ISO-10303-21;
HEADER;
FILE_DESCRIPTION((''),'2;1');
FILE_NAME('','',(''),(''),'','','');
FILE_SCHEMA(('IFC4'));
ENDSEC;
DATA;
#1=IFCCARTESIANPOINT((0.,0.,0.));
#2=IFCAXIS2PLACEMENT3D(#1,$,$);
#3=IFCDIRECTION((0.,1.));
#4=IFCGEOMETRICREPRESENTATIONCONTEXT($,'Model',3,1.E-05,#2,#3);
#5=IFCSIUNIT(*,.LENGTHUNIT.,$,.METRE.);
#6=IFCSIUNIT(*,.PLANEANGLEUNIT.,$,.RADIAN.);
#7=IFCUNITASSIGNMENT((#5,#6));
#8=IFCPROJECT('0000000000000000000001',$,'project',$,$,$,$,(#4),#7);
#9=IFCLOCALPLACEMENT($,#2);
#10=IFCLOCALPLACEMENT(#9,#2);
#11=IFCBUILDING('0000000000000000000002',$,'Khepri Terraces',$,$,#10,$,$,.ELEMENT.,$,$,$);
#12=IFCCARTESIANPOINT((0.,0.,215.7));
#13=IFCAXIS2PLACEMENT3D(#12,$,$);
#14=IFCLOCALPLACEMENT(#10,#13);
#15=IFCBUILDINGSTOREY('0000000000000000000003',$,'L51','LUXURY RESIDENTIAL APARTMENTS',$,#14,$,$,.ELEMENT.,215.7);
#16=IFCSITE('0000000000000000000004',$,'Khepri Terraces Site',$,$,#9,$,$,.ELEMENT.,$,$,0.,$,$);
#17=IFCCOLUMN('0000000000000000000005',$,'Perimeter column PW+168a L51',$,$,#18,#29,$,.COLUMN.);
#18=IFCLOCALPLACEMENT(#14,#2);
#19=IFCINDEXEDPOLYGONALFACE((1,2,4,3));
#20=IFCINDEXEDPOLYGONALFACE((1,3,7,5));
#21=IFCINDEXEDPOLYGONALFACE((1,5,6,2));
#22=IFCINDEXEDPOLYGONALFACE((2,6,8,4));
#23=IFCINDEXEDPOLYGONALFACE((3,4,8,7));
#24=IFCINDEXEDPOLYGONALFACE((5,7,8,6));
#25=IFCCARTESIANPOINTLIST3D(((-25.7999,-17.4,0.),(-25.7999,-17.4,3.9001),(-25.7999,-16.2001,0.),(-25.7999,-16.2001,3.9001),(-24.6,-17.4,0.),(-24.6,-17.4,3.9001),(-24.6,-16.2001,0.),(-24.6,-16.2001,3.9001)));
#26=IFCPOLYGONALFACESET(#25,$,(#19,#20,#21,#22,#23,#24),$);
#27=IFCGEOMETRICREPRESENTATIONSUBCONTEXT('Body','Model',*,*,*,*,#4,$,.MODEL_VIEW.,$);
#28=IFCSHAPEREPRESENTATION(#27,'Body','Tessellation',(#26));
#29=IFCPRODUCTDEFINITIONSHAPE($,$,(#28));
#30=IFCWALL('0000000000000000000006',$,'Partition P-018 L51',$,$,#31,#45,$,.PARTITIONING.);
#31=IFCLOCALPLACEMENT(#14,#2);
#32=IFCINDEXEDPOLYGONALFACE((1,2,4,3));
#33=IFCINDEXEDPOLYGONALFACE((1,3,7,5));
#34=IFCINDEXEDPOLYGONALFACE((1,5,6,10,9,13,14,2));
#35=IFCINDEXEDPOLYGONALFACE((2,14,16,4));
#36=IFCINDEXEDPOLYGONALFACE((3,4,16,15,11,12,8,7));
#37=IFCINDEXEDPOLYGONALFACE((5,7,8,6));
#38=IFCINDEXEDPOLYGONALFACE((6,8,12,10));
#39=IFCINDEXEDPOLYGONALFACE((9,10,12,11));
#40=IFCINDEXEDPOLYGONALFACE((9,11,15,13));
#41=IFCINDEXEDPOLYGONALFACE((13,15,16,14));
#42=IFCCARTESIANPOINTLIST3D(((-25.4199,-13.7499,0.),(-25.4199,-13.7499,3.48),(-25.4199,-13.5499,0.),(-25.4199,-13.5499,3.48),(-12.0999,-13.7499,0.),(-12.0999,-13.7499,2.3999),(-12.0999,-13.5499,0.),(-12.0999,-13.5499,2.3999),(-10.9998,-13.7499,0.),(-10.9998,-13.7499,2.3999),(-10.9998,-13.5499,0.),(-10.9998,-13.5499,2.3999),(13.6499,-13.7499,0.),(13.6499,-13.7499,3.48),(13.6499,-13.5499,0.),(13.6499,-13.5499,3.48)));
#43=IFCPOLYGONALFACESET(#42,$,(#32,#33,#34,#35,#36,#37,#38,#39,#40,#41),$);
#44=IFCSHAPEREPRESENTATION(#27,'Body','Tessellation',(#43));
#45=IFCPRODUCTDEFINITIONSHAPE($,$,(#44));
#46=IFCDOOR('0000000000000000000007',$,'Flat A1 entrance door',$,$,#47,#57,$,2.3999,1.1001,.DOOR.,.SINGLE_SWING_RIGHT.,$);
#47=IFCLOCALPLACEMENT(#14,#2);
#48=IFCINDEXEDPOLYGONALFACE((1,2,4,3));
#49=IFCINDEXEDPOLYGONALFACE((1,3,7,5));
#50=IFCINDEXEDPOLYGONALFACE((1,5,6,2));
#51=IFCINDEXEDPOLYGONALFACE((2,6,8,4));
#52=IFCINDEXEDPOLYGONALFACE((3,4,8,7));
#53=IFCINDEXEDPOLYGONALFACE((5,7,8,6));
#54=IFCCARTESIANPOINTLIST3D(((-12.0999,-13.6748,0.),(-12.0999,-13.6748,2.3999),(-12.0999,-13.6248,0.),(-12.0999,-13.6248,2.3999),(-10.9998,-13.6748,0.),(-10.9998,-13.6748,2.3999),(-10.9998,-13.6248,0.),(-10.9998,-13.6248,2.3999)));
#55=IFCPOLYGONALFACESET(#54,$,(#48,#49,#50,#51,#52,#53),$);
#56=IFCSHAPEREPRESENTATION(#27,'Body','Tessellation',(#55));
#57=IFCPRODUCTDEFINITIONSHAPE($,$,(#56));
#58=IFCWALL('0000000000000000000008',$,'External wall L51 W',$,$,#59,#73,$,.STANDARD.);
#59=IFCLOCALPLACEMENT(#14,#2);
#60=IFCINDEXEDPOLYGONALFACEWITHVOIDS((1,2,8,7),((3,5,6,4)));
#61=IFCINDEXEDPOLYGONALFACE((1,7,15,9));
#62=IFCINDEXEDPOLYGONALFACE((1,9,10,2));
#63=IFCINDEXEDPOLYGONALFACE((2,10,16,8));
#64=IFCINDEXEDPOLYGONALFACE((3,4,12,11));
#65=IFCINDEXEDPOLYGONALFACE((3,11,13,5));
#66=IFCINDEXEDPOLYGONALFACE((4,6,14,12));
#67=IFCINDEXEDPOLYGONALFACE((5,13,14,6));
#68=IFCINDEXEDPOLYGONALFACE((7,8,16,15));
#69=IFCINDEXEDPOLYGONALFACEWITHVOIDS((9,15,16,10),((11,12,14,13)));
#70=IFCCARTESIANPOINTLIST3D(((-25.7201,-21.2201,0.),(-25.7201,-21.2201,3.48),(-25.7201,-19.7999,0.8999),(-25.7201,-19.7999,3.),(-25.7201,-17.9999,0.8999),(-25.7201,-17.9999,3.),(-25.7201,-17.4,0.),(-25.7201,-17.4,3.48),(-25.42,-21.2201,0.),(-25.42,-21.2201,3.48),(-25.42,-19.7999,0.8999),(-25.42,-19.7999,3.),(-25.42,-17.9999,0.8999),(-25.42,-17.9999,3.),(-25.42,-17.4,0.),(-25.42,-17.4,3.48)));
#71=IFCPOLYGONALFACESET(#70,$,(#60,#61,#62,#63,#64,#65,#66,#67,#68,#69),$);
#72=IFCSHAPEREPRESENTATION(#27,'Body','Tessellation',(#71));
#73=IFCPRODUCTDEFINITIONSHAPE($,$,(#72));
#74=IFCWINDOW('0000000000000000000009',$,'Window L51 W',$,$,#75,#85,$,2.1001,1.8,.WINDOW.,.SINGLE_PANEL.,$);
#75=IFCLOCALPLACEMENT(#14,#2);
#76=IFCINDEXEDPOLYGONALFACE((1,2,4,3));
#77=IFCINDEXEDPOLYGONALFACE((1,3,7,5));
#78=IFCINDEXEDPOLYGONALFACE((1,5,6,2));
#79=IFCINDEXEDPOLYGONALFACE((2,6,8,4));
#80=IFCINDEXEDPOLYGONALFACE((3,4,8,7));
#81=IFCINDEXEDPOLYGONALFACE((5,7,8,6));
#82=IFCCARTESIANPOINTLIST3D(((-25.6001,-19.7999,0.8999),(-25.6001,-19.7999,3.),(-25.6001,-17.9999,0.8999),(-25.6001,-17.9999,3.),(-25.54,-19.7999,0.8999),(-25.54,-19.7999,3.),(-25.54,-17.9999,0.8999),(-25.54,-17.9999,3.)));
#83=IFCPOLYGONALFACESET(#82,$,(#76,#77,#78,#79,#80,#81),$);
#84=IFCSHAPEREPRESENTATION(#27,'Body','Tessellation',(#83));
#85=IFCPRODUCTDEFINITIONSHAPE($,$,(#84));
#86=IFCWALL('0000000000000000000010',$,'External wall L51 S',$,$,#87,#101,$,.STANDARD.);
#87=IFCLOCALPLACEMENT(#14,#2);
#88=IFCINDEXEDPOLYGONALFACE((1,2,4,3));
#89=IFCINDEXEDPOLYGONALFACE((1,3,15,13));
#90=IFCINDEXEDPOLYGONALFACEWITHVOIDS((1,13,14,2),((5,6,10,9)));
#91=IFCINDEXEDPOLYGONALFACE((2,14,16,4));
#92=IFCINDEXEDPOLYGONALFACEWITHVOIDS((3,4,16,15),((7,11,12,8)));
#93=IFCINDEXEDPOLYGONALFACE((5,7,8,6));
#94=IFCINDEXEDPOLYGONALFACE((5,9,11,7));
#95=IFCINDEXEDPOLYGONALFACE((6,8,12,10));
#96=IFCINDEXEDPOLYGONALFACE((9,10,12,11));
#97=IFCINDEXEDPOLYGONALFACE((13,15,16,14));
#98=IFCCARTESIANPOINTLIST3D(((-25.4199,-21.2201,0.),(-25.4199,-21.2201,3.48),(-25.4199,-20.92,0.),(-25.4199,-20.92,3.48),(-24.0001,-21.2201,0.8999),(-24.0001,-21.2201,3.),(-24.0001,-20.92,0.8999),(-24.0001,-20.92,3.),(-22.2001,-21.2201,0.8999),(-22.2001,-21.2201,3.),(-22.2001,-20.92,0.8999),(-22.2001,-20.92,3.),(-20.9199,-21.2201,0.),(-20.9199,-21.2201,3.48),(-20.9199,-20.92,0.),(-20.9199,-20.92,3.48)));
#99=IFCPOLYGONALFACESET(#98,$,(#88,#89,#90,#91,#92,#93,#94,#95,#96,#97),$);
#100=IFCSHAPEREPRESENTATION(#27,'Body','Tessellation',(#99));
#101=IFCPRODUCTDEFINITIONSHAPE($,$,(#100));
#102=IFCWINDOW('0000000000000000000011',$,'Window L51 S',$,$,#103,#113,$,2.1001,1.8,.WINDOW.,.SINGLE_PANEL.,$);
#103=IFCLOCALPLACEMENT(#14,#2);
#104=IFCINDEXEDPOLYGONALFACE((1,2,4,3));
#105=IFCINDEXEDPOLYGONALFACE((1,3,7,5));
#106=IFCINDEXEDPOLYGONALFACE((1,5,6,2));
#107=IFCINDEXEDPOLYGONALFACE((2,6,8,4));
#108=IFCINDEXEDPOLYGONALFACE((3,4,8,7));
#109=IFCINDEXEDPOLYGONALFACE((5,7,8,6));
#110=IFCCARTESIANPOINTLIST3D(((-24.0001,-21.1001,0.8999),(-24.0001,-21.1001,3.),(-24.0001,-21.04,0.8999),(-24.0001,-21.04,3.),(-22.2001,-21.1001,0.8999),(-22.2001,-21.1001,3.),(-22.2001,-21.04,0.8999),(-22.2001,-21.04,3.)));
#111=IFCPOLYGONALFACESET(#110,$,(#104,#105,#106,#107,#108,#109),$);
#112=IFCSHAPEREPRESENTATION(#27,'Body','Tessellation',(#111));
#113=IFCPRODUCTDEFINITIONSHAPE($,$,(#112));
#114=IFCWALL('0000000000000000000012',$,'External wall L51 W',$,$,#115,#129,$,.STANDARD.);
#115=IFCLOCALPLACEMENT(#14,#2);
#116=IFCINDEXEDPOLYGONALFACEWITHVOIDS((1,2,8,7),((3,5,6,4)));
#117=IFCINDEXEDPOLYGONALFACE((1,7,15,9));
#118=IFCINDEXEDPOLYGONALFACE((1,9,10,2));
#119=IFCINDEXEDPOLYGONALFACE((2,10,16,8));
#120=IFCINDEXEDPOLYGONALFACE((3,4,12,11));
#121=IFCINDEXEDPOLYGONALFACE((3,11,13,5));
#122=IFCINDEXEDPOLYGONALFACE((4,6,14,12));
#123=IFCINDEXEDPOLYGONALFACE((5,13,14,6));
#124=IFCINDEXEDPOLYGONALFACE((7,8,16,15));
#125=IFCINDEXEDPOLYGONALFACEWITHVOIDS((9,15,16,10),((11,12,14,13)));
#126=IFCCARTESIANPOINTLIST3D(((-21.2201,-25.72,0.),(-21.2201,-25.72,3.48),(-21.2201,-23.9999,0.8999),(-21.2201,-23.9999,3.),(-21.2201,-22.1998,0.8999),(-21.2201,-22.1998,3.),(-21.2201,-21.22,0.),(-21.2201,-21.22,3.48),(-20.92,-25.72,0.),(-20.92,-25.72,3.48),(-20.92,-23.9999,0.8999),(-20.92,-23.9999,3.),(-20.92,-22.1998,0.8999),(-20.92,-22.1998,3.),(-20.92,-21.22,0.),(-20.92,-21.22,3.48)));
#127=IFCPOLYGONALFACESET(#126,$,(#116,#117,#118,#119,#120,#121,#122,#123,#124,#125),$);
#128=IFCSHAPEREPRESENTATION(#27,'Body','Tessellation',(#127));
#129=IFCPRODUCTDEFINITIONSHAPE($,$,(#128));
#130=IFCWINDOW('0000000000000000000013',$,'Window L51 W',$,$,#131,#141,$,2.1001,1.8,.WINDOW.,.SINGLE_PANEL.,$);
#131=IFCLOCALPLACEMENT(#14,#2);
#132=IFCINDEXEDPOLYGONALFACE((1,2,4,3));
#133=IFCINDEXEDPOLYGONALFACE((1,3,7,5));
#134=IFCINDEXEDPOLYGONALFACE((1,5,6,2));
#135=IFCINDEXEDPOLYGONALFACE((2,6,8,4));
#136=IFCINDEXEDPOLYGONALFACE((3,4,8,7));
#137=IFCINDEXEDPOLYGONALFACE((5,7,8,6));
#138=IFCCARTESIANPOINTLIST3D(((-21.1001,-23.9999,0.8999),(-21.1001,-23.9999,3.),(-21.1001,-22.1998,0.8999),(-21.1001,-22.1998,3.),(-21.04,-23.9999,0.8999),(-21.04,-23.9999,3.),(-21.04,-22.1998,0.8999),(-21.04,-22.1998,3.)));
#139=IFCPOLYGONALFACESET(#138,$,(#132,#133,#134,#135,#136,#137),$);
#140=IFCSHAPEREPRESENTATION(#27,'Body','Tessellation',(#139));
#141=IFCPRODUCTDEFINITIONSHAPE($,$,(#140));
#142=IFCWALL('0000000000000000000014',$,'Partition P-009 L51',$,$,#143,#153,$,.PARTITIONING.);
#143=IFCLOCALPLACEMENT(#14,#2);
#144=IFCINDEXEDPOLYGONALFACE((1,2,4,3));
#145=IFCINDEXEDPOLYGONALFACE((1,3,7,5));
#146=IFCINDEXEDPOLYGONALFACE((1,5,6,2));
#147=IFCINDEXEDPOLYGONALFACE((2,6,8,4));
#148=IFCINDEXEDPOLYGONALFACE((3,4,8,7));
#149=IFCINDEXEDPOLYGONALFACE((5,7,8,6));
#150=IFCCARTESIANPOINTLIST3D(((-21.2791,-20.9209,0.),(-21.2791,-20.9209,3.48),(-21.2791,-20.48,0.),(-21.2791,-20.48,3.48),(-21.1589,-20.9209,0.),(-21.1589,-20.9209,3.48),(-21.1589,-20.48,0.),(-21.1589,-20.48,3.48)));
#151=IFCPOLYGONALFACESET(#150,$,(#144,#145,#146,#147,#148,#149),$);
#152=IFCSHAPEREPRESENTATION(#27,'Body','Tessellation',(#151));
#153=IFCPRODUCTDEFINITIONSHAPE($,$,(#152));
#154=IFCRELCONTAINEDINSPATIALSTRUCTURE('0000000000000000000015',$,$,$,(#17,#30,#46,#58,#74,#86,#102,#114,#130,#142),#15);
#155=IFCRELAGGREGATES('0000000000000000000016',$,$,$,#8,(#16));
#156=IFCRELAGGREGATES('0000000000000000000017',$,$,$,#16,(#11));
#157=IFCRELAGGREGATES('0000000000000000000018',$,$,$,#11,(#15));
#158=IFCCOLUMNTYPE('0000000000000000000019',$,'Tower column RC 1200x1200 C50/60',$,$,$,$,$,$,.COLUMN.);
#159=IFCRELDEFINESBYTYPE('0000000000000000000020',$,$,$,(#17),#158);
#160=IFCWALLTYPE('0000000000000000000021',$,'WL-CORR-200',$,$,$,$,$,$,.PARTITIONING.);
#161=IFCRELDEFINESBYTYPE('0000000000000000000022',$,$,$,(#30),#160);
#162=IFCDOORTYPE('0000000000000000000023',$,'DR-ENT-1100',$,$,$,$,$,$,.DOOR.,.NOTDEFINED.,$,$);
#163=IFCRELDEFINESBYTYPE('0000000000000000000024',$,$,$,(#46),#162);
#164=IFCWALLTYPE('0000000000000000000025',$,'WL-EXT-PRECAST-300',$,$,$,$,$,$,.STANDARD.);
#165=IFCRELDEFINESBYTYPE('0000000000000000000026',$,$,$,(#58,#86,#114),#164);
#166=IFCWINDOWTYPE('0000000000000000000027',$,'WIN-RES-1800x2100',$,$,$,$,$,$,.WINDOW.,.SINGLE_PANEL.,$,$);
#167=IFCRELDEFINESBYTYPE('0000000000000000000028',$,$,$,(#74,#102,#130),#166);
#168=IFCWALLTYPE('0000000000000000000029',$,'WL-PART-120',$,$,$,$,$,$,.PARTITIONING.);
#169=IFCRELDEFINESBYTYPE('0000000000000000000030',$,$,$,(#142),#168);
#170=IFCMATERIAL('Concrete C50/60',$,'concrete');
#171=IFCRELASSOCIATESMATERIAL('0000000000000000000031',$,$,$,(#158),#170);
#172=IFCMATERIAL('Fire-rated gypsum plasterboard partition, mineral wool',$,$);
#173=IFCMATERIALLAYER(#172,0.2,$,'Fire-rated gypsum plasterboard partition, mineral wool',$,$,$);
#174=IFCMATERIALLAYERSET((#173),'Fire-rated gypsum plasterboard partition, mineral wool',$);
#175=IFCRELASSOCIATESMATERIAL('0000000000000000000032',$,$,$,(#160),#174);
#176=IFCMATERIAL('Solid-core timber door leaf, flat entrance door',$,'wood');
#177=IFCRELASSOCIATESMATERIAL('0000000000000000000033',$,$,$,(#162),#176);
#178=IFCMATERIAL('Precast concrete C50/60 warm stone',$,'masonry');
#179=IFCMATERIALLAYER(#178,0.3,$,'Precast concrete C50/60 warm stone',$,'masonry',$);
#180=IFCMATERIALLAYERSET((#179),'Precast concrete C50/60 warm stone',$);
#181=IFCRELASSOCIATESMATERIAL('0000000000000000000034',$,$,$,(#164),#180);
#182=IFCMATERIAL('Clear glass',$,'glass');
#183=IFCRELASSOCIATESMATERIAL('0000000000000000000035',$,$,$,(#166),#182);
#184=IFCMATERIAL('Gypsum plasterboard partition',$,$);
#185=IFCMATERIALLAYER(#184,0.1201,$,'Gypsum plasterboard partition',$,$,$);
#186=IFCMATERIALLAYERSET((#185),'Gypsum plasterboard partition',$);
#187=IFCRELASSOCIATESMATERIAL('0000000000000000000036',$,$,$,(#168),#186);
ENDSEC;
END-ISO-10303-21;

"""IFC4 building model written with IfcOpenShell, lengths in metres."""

from ifc_helpers import new_model, si_unit, direction, frame, frame_2d, origin, origin_2d, place, context, subcontext, project, spatial, rectangle, extrude, material, layer, layer_set, material_profile, profile_set, type_object, element, fill, save


model = new_model("IFC4")

# Units and contexts
model_context = context("Model", 3, precision=1e-05, world=origin(), true_north=direction((0.0, 1.0)))
body_context = subcontext(model_context, "Body", "Model", "MODEL_VIEW")
ifc_project = project(units=[si_unit("LENGTHUNIT", "METRE"), si_unit("PLANEANGLEUNIT", "RADIAN")], contexts=[model_context])

# Site, building, storey
site_placement = place(None, origin())
site = spatial("IfcSite", under=ifc_project, at=site_placement, Name="Khepri Terraces Site", CompositionType="ELEMENT", RefElevation=0.0)
building_placement = place(site_placement, origin())
building = spatial("IfcBuilding", under=site, at=building_placement, Name="Khepri Terraces", CompositionType="ELEMENT")
storey_placement = place(building_placement, frame((0.0, 0.0, 215.7)))
storey = spatial("IfcBuildingStorey", under=building, at=storey_placement, Name="L51", Description="LUXURY RESIDENTIAL APARTMENTS", CompositionType="ELEMENT", Elevation=215.7)

# Column
ifc_material_1 = material(Name="Concrete C50/60", Category="concrete")
ifc_material_profile = material_profile(ifc_material_1, rectangle(XDim=1.2, YDim=1.2, at=origin_2d()), Name="Concrete C50/60", Category="concrete")
ifc_profile_set = profile_set([ifc_material_profile], Name="Concrete C50/60")
column_type = type_object("IfcColumnType", Name="Tower column RC 1200x1200 C50/60", PredefinedType="COLUMN", material=ifc_profile_set)
column_placement = place(storey_placement, frame((-25.2, -16.8, 0.0), z_axis=(0.0, 0.0, 1.0), x_axis=(1.0, 0.0, 0.0)))
element("IfcColumn", 1, at=column_placement, inside=storey, type_object=column_type, Name="Perimeter column PW+168a L51", PredefinedType="COLUMN", context=body_context, shape_type="SweptSolid", body=[
    extrude(rectangle(XDim=1.2, YDim=1.2, at=origin_2d()), origin(), (0.0, 0.0, 1.0), 3.9001),
])

# Wall, opening, door
ifc_material_2 = material(Name="Fire-rated gypsum plasterboard partition, mineral wool")
ifc_layer_1 = layer(ifc_material_2, 0.2, Name="Fire-rated gypsum plasterboard partition, mineral wool")
ifc_layer_set_1 = layer_set([ifc_layer_1], Name="Fire-rated gypsum plasterboard partition, mineral wool")
wall_type_1 = type_object("IfcWallType", Name="WL-CORR-200", PredefinedType="PARTITIONING", material=ifc_layer_set_1)
wall_1_placement = place(storey_placement, frame((-25.4199, -13.6499, 0.0), z_axis=(0.0, 0.0, 1.0), x_axis=(1.0, 0.0, 0.0)))
wall_1 = element("IfcWall", 2, at=wall_1_placement, inside=storey, type_object=wall_type_1, Name="Partition P-018 L51", PredefinedType="PARTITIONING", context=body_context, shape_type="SweptSolid", body=[
    extrude(rectangle(XDim=39.0698, YDim=0.2, at=frame_2d((19.5349, 0.0))), origin(), (0.0, 0.0, 1.0), 3.48),
])
opening_1_placement = place(wall_1_placement, frame((13.3201, 0.0, 0.0)))
opening_1 = element("IfcOpeningElement", 3, at=opening_1_placement, cuts=wall_1, PredefinedType="OPENING", context=body_context, shape_type="SweptSolid", body=[
    extrude(rectangle(XDim=1.1001, YDim=2.3999, at=frame_2d((0.55, 1.2))), frame((0.0, 0.1099, 0.0), z_axis=(0.0, -1.0, 0.0), x_axis=(1.0, 0.0, 0.0)), (0.0, 0.0, 1.0), 0.22),
])
ifc_material_3 = material(Name="Solid-core timber door leaf, flat entrance door", Category="wood")
door_type_1 = type_object("IfcDoorType", Name="DR-ENT-1100", OperationType="NOTDEFINED", PredefinedType="DOOR", material=ifc_material_3)
door_1_placement = place(opening_1_placement, frame((1.1001, 0.0, 0.0), z_axis=(0.0, 0.0, 1.0), x_axis=(-1.0, 0.0, 0.0)))
door_1 = element("IfcDoor", 4, at=door_1_placement, inside=storey, type_object=door_type_1, Name="Flat A1 entrance door", OperationType="SINGLE_SWING_RIGHT", OverallHeight=2.3999, OverallWidth=1.1001, PredefinedType="DOOR", context=body_context, shape_type="SweptSolid", body=[
    extrude(rectangle(XDim=1.1001, YDim=2.3999, at=frame_2d((0.55, 1.2))), frame((0.0, 0.0249, 0.0), z_axis=(0.0, -1.0, 0.0), x_axis=(1.0, 0.0, 0.0)), (0.0, 0.0, 1.0), 0.05),
])
fill(opening_1, door_1)

# Walls, openings, windows
ifc_material_4 = material(Name="Precast concrete C50/60 warm stone", Category="masonry")
ifc_layer_2 = layer(ifc_material_4, 0.3, Name="Precast concrete C50/60 warm stone", Category="masonry")
ifc_layer_set_2 = layer_set([ifc_layer_2], Name="Precast concrete C50/60 warm stone")
wall_type_2 = type_object("IfcWallType", Name="WL-EXT-PRECAST-300", PredefinedType="STANDARD", material=ifc_layer_set_2)
wall_2_placement = place(storey_placement, frame((-25.5701, -17.3999, 0.0), z_axis=(0.0, 0.0, 1.0), x_axis=(0.0, -1.0, 0.0)))
wall_2 = element("IfcWall", 5, at=wall_2_placement, inside=storey, type_object=wall_type_2, Name="External wall L51 W", PredefinedType="STANDARD", context=body_context, shape_type="SweptSolid", body=[
    extrude(rectangle(XDim=3.8201, YDim=0.3, at=frame_2d((1.9102, 0.0))), origin(), (0.0, 0.0, 1.0), 3.48),
])
opening_2_placement = place(wall_2_placement, frame((0.6001, 0.0, 0.8999)))
opening_2 = element("IfcOpeningElement", 6, at=opening_2_placement, cuts=wall_2, PredefinedType="OPENING", context=body_context, shape_type="SweptSolid", body=[
    extrude(rectangle(XDim=1.8, YDim=2.1001, at=frame_2d((0.8999, 1.05))), frame((0.0, 0.1602, 0.0), z_axis=(0.0, -1.0, 0.0), x_axis=(1.0, 0.0, 0.0)), (0.0, 0.0, 1.0), 0.3201),
])
ifc_material_5 = material(Name="Clear glass", Category="glass")
window_type = type_object("IfcWindowType", Name="WIN-RES-1800x2100", PartitioningType="SINGLE_PANEL", PredefinedType="WINDOW", material=ifc_material_5)
window_1_placement = place(opening_2_placement, origin())
window_1 = element("IfcWindow", 7, at=window_1_placement, inside=storey, type_object=window_type, Name="Window L51 W", OverallHeight=2.1001, OverallWidth=1.8, PartitioningType="SINGLE_PANEL", PredefinedType="WINDOW", context=body_context, shape_type="SweptSolid", body=[
    extrude(rectangle(XDim=1.8, YDim=2.1001, at=frame_2d((0.8999, 1.05))), frame((0.0, 0.03, 0.0), z_axis=(0.0, -1.0, 0.0), x_axis=(1.0, 0.0, 0.0)), (0.0, 0.0, 1.0), 0.0601),
])
fill(opening_2, window_1)
wall_3_placement = place(storey_placement, frame((-25.4199, -21.0701, 0.0), z_axis=(0.0, 0.0, 1.0), x_axis=(1.0, 0.0, 0.0)))
wall_3 = element("IfcWall", 8, at=wall_3_placement, inside=storey, type_object=wall_type_2, Name="External wall L51 S", PredefinedType="STANDARD", context=body_context, shape_type="SweptSolid", body=[
    extrude(rectangle(XDim=4.5, YDim=0.3, at=frame_2d((2.25, 0.0))), origin(), (0.0, 0.0, 1.0), 3.48),
])
opening_3_placement = place(wall_3_placement, frame((1.4199, 0.0, 0.8999)))
opening_3 = element("IfcOpeningElement", 9, at=opening_3_placement, cuts=wall_3, PredefinedType="OPENING", context=body_context, shape_type="SweptSolid", body=[
    extrude(rectangle(XDim=1.8, YDim=2.1001, at=frame_2d((0.8999, 1.05))), frame((0.0, 0.1602, 0.0), z_axis=(0.0, -1.0, 0.0), x_axis=(1.0, 0.0, 0.0)), (0.0, 0.0, 1.0), 0.3201),
])
window_2_placement = place(opening_3_placement, origin())
window_2 = element("IfcWindow", 10, at=window_2_placement, inside=storey, type_object=window_type, Name="Window L51 S", OverallHeight=2.1001, OverallWidth=1.8, PartitioningType="SINGLE_PANEL", PredefinedType="WINDOW", context=body_context, shape_type="SweptSolid", body=[
    extrude(rectangle(XDim=1.8, YDim=2.1001, at=frame_2d((0.8999, 1.05))), frame((0.0, 0.03, 0.0), z_axis=(0.0, -1.0, 0.0), x_axis=(1.0, 0.0, 0.0)), (0.0, 0.0, 1.0), 0.0601),
])
fill(opening_3, window_2)
wall_4_placement = place(storey_placement, frame((-21.0701, -21.22, 0.0), z_axis=(0.0, 0.0, 1.0), x_axis=(0.0, -1.0, 0.0)))
wall_4 = element("IfcWall", 11, at=wall_4_placement, inside=storey, type_object=wall_type_2, Name="External wall L51 W", PredefinedType="STANDARD", context=body_context, shape_type="SweptSolid", body=[
    extrude(rectangle(XDim=4.5, YDim=0.3, at=frame_2d((2.25, 0.0))), origin(), (0.0, 0.0, 1.0), 3.48),
])
opening_4_placement = place(wall_4_placement, frame((0.98, 0.0, 0.8999)))
opening_4 = element("IfcOpeningElement", 12, at=opening_4_placement, cuts=wall_4, PredefinedType="OPENING", context=body_context, shape_type="SweptSolid", body=[
    extrude(rectangle(XDim=1.8, YDim=2.1001, at=frame_2d((0.8999, 1.05))), frame((0.0, 0.1602, 0.0), z_axis=(0.0, -1.0, 0.0), x_axis=(1.0, 0.0, 0.0)), (0.0, 0.0, 1.0), 0.3201),
])
window_3_placement = place(opening_4_placement, origin())
window_3 = element("IfcWindow", 13, at=window_3_placement, inside=storey, type_object=window_type, Name="Window L51 W", OverallHeight=2.1001, OverallWidth=1.8, PartitioningType="SINGLE_PANEL", PredefinedType="WINDOW", context=body_context, shape_type="SweptSolid", body=[
    extrude(rectangle(XDim=1.8, YDim=2.1001, at=frame_2d((0.8999, 1.05))), frame((0.0, 0.03, 0.0), z_axis=(0.0, -1.0, 0.0), x_axis=(1.0, 0.0, 0.0)), (0.0, 0.0, 1.0), 0.0601),
])
fill(opening_4, window_3)

# Wall
ifc_material_6 = material(Name="Gypsum plasterboard partition")
ifc_layer_3 = layer(ifc_material_6, 0.1201, Name="Gypsum plasterboard partition")
ifc_layer_set_3 = layer_set([ifc_layer_3], Name="Gypsum plasterboard partition")
wall_type_3 = type_object("IfcWallType", Name="WL-PART-120", PredefinedType="PARTITIONING", material=ifc_layer_set_3)
wall_5_placement = place(storey_placement, frame((-21.219, -20.9209, 0.0), z_axis=(0.0, 0.0, 1.0), x_axis=(0.0, 1.0, 0.0)))
element("IfcWall", 14, at=wall_5_placement, inside=storey, type_object=wall_type_3, Name="Partition P-009 L51", PredefinedType="PARTITIONING", context=body_context, shape_type="SweptSolid", body=[
    extrude(rectangle(XDim=0.4409, YDim=0.1201, at=frame_2d((0.2205, 0.0))), origin(), (0.0, 0.0, 1.0), 3.48),
])

save(model, "model.ifc")
